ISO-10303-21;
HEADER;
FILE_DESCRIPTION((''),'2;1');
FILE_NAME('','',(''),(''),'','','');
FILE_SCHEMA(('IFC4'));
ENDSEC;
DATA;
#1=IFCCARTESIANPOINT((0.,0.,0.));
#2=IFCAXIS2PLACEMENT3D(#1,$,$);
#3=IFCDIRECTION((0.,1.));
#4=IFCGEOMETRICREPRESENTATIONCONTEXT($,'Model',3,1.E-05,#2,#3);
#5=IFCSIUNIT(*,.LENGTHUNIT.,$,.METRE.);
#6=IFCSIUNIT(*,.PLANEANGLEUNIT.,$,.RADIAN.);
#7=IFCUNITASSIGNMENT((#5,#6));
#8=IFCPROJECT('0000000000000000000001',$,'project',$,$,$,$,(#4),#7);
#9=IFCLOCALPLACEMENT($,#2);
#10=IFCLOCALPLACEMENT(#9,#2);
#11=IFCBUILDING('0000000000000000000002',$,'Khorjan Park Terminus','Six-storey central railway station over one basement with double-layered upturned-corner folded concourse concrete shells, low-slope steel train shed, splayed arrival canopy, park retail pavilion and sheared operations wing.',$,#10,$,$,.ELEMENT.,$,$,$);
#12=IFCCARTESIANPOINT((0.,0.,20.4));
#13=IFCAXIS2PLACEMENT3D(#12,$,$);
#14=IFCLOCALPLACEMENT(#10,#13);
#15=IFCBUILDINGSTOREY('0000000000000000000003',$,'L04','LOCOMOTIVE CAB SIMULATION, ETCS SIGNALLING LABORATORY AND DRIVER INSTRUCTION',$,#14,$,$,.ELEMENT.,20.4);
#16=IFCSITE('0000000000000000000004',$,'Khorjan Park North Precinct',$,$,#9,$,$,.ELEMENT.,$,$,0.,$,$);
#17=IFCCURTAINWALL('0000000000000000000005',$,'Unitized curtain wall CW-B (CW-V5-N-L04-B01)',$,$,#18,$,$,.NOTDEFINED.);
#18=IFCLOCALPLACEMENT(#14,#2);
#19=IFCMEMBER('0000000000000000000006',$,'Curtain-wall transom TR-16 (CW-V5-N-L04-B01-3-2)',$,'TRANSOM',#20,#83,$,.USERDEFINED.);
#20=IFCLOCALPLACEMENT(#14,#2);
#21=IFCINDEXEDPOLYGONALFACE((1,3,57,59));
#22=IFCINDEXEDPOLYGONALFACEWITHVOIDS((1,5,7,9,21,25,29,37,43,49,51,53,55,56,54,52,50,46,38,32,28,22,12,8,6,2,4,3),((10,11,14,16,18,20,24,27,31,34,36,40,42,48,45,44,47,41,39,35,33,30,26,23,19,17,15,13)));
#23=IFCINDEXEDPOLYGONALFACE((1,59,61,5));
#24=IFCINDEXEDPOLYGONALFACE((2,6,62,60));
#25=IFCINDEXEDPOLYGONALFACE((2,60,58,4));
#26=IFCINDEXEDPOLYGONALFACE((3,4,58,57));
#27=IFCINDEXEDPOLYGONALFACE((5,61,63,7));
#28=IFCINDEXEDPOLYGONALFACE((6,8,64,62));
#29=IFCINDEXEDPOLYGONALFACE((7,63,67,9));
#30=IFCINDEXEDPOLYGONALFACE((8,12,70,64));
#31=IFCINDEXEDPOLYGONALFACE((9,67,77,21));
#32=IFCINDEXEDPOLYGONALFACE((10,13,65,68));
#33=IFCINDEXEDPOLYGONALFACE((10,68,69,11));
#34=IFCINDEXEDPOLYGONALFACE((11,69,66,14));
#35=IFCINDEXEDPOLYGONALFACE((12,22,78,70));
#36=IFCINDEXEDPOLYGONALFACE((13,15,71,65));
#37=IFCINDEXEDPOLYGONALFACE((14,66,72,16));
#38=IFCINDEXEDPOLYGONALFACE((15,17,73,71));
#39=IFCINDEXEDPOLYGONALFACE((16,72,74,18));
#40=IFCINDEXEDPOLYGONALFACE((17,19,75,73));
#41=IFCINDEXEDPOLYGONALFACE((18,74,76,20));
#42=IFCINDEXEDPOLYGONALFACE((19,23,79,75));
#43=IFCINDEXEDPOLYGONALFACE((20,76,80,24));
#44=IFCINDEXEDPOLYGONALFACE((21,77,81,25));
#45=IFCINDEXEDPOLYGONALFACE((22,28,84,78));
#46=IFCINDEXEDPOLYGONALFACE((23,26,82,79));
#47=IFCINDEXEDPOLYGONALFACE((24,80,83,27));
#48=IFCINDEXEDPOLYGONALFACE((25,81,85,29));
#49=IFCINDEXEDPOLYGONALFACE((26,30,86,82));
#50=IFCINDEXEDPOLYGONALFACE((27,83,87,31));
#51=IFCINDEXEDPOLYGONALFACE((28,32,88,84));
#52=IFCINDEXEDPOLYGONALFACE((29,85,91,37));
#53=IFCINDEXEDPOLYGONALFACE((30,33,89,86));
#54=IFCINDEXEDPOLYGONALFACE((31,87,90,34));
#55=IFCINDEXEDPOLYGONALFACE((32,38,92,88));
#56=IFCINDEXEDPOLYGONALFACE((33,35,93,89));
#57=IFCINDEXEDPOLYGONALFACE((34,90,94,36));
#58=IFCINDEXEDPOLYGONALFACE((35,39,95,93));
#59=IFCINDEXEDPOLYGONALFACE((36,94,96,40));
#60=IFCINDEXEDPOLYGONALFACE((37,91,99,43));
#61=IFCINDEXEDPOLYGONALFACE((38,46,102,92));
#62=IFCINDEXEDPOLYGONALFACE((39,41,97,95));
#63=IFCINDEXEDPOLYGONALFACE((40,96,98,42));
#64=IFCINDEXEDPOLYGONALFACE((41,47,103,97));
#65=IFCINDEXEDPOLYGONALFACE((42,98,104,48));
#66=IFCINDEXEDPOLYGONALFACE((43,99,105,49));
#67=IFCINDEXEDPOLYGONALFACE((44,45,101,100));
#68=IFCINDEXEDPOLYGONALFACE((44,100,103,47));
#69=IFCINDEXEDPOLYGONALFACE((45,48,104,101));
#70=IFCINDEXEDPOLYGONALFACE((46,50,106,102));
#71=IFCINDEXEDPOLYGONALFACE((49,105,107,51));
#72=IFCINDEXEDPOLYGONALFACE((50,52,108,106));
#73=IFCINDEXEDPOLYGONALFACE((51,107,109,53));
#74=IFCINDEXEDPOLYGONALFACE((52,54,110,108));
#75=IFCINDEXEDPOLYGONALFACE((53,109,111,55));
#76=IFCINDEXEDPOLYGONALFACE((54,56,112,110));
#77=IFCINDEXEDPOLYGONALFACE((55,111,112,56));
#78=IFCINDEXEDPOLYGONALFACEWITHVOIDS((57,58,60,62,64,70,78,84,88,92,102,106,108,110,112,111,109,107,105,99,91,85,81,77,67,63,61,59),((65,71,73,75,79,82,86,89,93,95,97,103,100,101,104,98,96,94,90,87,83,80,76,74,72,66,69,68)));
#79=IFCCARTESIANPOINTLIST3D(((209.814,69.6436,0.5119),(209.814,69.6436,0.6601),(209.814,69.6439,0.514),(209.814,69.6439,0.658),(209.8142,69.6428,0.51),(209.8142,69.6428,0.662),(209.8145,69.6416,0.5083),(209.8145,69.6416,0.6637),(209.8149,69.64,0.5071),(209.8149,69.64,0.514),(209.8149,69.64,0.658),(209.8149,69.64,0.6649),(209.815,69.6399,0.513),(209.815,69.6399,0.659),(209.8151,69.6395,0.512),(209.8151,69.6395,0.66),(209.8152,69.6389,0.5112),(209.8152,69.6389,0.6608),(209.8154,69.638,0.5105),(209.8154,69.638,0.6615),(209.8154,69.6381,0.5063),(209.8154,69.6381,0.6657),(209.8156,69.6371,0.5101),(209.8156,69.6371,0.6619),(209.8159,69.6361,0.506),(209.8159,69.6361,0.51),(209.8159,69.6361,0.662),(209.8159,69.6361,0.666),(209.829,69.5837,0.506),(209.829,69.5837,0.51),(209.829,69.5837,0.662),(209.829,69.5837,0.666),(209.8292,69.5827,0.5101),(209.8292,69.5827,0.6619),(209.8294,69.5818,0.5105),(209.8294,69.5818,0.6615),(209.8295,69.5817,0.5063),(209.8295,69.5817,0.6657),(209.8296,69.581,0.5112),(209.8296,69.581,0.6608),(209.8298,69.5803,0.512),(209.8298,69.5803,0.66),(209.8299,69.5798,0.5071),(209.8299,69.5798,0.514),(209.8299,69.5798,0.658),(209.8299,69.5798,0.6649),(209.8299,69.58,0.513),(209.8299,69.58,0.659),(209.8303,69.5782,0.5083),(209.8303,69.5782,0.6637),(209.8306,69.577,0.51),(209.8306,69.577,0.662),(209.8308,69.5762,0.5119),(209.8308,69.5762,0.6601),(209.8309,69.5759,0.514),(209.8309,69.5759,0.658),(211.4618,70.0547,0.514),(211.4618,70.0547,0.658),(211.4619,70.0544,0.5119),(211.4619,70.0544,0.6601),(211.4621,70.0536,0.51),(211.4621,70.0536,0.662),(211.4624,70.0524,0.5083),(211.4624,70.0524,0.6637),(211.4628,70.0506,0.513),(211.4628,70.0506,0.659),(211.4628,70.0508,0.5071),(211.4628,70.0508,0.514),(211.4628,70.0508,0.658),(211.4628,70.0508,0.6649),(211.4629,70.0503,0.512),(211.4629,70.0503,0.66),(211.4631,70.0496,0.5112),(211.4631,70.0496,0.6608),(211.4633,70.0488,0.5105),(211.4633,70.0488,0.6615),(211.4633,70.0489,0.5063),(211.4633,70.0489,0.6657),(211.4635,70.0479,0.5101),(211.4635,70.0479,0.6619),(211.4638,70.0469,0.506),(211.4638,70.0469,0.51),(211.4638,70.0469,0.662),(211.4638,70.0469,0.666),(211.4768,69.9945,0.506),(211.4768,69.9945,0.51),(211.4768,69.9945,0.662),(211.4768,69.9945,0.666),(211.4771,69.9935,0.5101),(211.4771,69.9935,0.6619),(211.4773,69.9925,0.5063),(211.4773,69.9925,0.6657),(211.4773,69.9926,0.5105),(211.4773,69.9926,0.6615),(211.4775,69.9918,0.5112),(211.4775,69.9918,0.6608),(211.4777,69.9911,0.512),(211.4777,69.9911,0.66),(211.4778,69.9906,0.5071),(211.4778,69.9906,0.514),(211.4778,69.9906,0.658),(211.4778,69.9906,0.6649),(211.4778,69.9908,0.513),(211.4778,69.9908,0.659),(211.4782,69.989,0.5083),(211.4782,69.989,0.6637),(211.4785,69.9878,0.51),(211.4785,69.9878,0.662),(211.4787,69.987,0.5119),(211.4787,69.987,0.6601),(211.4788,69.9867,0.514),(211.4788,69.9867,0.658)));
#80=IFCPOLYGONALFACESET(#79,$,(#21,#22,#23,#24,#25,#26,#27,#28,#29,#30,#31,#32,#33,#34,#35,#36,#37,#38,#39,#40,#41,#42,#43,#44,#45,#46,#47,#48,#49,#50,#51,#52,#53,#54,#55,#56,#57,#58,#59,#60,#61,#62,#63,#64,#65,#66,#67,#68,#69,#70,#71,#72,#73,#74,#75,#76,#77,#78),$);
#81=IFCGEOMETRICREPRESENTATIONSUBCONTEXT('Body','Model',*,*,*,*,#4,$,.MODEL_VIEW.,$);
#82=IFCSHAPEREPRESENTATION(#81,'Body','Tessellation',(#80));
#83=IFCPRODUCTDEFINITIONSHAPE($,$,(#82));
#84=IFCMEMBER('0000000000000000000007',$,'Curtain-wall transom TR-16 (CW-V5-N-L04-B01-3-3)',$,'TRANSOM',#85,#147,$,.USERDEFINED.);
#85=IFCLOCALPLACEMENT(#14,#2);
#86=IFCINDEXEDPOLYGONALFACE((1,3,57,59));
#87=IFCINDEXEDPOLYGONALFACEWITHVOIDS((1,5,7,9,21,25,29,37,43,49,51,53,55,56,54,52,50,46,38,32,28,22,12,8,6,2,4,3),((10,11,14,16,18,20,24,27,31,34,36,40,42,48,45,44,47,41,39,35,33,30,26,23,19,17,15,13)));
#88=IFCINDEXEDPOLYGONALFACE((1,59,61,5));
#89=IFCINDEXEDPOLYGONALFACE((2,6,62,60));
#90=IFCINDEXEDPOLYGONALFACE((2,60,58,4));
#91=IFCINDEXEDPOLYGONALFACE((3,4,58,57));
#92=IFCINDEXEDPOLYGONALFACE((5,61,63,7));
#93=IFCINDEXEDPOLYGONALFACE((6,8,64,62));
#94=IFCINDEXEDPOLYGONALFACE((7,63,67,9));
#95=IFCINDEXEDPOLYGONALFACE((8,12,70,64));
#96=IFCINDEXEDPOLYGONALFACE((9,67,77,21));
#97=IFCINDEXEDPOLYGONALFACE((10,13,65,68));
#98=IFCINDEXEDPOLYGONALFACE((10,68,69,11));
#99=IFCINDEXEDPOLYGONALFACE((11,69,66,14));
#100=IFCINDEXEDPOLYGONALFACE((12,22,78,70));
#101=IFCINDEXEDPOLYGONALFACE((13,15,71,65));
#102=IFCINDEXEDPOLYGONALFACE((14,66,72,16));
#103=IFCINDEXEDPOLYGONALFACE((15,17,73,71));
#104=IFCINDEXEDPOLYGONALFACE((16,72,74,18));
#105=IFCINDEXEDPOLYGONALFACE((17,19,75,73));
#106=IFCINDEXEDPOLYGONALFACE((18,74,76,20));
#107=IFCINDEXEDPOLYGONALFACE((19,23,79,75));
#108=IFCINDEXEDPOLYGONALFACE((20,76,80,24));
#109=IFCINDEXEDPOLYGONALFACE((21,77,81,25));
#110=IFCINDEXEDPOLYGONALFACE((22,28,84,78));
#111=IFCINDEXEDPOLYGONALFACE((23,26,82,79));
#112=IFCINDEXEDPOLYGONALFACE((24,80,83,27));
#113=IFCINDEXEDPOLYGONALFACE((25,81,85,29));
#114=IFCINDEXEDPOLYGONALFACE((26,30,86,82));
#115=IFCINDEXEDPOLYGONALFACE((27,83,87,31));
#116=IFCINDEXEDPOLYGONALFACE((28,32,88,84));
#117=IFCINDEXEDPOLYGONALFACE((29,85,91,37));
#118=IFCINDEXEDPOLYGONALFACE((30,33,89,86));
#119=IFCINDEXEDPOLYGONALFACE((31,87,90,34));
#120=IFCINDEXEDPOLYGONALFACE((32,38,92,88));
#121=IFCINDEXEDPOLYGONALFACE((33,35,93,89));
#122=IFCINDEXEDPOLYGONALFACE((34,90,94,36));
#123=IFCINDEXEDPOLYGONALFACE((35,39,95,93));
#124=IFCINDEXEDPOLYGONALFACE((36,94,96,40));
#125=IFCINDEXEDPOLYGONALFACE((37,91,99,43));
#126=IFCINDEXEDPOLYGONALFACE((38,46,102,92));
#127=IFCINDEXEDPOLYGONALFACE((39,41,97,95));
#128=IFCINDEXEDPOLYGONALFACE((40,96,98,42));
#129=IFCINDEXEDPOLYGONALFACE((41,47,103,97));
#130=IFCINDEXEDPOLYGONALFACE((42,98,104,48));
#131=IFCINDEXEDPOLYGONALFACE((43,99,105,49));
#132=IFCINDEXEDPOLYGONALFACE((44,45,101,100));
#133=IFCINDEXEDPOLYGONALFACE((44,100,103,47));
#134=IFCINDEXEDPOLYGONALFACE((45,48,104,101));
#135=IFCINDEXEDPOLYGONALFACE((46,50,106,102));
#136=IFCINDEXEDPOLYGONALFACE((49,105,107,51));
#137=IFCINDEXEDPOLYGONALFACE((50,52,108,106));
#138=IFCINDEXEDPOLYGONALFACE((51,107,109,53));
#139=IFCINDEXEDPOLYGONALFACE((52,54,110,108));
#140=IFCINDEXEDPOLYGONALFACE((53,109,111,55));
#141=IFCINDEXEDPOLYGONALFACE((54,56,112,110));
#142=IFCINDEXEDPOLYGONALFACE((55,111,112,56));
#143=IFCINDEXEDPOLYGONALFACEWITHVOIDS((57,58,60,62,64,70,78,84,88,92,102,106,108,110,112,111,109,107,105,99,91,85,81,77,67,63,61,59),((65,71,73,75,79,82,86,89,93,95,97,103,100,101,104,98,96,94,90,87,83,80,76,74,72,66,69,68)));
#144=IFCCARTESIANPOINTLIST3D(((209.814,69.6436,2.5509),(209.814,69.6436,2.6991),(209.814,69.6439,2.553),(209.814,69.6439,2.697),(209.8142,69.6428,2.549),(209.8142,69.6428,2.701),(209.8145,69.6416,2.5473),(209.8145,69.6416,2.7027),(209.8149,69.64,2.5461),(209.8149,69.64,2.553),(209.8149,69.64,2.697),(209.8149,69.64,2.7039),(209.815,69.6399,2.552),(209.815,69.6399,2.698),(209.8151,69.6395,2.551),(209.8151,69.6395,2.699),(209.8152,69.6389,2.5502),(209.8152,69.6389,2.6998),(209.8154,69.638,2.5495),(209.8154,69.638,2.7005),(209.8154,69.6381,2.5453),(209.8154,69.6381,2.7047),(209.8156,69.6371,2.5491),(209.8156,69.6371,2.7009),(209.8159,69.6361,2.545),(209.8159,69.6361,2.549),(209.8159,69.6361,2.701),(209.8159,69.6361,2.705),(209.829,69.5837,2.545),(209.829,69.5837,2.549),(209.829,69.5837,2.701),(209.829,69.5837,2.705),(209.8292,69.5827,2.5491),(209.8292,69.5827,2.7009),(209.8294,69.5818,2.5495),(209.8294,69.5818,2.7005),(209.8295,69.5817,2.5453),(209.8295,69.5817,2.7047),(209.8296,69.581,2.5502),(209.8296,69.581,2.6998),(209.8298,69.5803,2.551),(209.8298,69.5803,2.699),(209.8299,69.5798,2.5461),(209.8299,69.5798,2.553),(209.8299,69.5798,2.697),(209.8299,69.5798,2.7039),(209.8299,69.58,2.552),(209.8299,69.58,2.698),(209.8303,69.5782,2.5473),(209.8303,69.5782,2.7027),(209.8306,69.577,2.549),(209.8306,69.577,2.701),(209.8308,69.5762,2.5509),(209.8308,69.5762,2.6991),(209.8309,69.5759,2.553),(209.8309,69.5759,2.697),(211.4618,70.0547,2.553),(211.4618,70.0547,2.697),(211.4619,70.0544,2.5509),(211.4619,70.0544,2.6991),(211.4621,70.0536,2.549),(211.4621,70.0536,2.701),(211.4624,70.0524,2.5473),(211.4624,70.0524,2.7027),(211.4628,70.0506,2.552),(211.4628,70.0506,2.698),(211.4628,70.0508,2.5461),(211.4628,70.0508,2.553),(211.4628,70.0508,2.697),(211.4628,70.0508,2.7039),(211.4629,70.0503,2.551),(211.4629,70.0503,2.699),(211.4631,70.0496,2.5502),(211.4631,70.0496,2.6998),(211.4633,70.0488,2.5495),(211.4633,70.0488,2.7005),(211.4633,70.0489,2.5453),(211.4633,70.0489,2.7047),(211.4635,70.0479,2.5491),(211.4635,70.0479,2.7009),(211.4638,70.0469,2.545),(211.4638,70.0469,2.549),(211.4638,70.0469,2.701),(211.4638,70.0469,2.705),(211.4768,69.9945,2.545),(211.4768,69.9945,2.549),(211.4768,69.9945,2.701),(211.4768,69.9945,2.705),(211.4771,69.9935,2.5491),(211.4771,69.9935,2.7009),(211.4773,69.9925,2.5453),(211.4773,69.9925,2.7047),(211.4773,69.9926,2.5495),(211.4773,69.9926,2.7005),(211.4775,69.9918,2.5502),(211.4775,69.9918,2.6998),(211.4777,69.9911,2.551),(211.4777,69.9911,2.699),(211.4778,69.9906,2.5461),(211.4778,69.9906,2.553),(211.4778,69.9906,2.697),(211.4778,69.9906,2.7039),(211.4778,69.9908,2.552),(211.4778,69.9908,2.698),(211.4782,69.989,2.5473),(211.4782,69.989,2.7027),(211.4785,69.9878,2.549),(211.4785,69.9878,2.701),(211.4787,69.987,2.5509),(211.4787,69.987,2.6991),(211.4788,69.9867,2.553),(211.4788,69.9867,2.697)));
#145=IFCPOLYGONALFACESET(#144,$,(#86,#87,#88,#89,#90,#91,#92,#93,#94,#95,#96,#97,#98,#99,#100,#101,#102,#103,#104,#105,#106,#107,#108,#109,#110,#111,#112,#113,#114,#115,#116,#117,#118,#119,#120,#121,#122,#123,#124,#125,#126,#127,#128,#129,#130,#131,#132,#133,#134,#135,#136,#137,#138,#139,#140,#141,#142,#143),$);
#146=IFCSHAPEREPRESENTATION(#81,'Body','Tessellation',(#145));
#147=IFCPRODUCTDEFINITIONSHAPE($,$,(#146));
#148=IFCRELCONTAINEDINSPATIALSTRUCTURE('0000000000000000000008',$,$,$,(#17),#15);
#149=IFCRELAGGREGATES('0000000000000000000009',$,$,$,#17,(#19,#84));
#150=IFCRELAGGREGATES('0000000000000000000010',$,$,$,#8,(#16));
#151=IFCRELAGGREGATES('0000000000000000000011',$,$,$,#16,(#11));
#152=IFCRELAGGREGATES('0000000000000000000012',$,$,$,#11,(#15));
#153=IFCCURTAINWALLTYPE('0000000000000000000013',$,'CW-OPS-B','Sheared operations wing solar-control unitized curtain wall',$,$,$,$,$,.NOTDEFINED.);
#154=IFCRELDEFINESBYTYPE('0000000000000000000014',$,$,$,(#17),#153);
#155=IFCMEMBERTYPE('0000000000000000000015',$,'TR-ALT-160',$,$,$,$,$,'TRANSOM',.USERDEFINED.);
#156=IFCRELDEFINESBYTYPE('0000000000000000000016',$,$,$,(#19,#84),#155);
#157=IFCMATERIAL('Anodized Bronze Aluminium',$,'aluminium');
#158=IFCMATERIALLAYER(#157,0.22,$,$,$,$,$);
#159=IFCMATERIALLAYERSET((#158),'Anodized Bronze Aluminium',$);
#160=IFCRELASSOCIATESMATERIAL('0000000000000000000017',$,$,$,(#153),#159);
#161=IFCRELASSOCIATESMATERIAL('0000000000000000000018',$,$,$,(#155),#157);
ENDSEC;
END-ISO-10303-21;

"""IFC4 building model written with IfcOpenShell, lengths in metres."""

from ifc_helpers import new_model, si_unit, direction, frame, origin, origin_2d, place, context, subcontext, project, spatial, hollow_rectangle, extrude, material, layer, layer_set, material_profile, profile_set, type_object, element, aggregate, save


model = new_model("IFC4")

# Units and contexts
model_context = context("Model", 3, precision=1e-05, world=origin(), true_north=direction((0.0, 1.0)))
body_context = subcontext(model_context, "Body", "Model", "MODEL_VIEW")
ifc_project = project(units=[si_unit("LENGTHUNIT", "METRE"), si_unit("PLANEANGLEUNIT", "RADIAN")], contexts=[model_context])

# Site, building, storey
site_placement = place(None, origin())
site = spatial("IfcSite", under=ifc_project, at=site_placement, Name="Khorjan Park North Precinct", CompositionType="ELEMENT", RefElevation=0.0)
building_placement = place(site_placement, origin())
building = spatial("IfcBuilding", under=site, at=building_placement, Name="Khorjan Park Terminus", Description="Six-storey central railway station over one basement with double-layered upturned-corner folded concourse concrete shells, low-slope steel train shed, splayed arrival canopy, park retail pavilion and sheared operations wing.", CompositionType="ELEMENT")
storey_placement = place(building_placement, frame((0.0, 0.0, 20.4)))
storey = spatial("IfcBuildingStorey", under=building, at=storey_placement, Name="L04", Description="LOCOMOTIVE CAB SIMULATION, ETCS SIGNALLING LABORATORY AND DRIVER INSTRUCTION", CompositionType="ELEMENT", Elevation=20.4)

# Shared definitions
ifc_material_1 = material(Name="Anodized Bronze Aluminium", Category="aluminium")
ifc_layer_1 = layer(ifc_material_1, 0.22)
ifc_layer_set_1 = layer_set([ifc_layer_1], Name="Anodized Bronze Aluminium")
curtain_wall_type = type_object("IfcCurtainWallType", Name="CW-OPS-B", Description="Sheared operations wing solar-control unitized curtain wall", PredefinedType="NOTDEFINED", material=ifc_layer_set_1)

# Curtain wall, members
curtain_wall_1_placement = place(storey_placement, origin())
curtain_wall_1 = element("IfcCurtainWall", 1, at=curtain_wall_1_placement, inside=storey, type_object=curtain_wall_type, Name="Unitized curtain wall CW-B (CW-V5-N-L04-B01)", PredefinedType="NOTDEFINED")
ifc_material_profile_1 = material_profile(ifc_material_1, hollow_rectangle(XDim=0.07, YDim=0.16, WallThickness=0.004, InnerFilletRadius=0.004, OuterFilletRadius=0.008, at=origin_2d()), Name="ALT 70x160x4")
ifc_profile_set_1 = profile_set([ifc_material_profile_1], Name="Anodized Bronze Aluminium")
member_type_1 = type_object("IfcMemberType", Name="TR-ALT-160", ElementType="TRANSOM", PredefinedType="USERDEFINED", material=ifc_profile_set_1)
member_1_placement = place(storey_placement, frame((211.4703, 70.0207, 0.586), z_axis=(-0.970305, -0.241884, 0.0), x_axis=(0.241884, -0.970305, 0.0)))
member_1 = element("IfcMember", 2, at=member_1_placement, type_object=member_type_1, Name="Curtain-wall transom TR-16 (CW-V5-N-L04-B01-3-2)", ObjectType="TRANSOM", PredefinedType="USERDEFINED", context=body_context, shape_type="SweptSolid", body=[
    extrude(hollow_rectangle(XDim=0.07, YDim=0.16, WallThickness=0.004, InnerFilletRadius=0.004, OuterFilletRadius=0.008, at=origin_2d()), origin(), (0.0, 0.0, 1.0), 1.6983),
])
member_2_placement = place(storey_placement, frame((211.4703, 70.0207, 2.625), z_axis=(-0.970305, -0.241884, 0.0), x_axis=(0.241884, -0.970305, 0.0)))
member_2 = element("IfcMember", 3, at=member_2_placement, type_object=member_type_1, Name="Curtain-wall transom TR-16 (CW-V5-N-L04-B01-3-3)", ObjectType="TRANSOM", PredefinedType="USERDEFINED", context=body_context, shape_type="SweptSolid", body=[
    extrude(hollow_rectangle(XDim=0.07, YDim=0.16, WallThickness=0.004, InnerFilletRadius=0.004, OuterFilletRadius=0.008, at=origin_2d()), origin(), (0.0, 0.0, 1.0), 1.6983),
])

aggregate(curtain_wall_1, [member_1, member_2])

save(model, "model.ifc")
